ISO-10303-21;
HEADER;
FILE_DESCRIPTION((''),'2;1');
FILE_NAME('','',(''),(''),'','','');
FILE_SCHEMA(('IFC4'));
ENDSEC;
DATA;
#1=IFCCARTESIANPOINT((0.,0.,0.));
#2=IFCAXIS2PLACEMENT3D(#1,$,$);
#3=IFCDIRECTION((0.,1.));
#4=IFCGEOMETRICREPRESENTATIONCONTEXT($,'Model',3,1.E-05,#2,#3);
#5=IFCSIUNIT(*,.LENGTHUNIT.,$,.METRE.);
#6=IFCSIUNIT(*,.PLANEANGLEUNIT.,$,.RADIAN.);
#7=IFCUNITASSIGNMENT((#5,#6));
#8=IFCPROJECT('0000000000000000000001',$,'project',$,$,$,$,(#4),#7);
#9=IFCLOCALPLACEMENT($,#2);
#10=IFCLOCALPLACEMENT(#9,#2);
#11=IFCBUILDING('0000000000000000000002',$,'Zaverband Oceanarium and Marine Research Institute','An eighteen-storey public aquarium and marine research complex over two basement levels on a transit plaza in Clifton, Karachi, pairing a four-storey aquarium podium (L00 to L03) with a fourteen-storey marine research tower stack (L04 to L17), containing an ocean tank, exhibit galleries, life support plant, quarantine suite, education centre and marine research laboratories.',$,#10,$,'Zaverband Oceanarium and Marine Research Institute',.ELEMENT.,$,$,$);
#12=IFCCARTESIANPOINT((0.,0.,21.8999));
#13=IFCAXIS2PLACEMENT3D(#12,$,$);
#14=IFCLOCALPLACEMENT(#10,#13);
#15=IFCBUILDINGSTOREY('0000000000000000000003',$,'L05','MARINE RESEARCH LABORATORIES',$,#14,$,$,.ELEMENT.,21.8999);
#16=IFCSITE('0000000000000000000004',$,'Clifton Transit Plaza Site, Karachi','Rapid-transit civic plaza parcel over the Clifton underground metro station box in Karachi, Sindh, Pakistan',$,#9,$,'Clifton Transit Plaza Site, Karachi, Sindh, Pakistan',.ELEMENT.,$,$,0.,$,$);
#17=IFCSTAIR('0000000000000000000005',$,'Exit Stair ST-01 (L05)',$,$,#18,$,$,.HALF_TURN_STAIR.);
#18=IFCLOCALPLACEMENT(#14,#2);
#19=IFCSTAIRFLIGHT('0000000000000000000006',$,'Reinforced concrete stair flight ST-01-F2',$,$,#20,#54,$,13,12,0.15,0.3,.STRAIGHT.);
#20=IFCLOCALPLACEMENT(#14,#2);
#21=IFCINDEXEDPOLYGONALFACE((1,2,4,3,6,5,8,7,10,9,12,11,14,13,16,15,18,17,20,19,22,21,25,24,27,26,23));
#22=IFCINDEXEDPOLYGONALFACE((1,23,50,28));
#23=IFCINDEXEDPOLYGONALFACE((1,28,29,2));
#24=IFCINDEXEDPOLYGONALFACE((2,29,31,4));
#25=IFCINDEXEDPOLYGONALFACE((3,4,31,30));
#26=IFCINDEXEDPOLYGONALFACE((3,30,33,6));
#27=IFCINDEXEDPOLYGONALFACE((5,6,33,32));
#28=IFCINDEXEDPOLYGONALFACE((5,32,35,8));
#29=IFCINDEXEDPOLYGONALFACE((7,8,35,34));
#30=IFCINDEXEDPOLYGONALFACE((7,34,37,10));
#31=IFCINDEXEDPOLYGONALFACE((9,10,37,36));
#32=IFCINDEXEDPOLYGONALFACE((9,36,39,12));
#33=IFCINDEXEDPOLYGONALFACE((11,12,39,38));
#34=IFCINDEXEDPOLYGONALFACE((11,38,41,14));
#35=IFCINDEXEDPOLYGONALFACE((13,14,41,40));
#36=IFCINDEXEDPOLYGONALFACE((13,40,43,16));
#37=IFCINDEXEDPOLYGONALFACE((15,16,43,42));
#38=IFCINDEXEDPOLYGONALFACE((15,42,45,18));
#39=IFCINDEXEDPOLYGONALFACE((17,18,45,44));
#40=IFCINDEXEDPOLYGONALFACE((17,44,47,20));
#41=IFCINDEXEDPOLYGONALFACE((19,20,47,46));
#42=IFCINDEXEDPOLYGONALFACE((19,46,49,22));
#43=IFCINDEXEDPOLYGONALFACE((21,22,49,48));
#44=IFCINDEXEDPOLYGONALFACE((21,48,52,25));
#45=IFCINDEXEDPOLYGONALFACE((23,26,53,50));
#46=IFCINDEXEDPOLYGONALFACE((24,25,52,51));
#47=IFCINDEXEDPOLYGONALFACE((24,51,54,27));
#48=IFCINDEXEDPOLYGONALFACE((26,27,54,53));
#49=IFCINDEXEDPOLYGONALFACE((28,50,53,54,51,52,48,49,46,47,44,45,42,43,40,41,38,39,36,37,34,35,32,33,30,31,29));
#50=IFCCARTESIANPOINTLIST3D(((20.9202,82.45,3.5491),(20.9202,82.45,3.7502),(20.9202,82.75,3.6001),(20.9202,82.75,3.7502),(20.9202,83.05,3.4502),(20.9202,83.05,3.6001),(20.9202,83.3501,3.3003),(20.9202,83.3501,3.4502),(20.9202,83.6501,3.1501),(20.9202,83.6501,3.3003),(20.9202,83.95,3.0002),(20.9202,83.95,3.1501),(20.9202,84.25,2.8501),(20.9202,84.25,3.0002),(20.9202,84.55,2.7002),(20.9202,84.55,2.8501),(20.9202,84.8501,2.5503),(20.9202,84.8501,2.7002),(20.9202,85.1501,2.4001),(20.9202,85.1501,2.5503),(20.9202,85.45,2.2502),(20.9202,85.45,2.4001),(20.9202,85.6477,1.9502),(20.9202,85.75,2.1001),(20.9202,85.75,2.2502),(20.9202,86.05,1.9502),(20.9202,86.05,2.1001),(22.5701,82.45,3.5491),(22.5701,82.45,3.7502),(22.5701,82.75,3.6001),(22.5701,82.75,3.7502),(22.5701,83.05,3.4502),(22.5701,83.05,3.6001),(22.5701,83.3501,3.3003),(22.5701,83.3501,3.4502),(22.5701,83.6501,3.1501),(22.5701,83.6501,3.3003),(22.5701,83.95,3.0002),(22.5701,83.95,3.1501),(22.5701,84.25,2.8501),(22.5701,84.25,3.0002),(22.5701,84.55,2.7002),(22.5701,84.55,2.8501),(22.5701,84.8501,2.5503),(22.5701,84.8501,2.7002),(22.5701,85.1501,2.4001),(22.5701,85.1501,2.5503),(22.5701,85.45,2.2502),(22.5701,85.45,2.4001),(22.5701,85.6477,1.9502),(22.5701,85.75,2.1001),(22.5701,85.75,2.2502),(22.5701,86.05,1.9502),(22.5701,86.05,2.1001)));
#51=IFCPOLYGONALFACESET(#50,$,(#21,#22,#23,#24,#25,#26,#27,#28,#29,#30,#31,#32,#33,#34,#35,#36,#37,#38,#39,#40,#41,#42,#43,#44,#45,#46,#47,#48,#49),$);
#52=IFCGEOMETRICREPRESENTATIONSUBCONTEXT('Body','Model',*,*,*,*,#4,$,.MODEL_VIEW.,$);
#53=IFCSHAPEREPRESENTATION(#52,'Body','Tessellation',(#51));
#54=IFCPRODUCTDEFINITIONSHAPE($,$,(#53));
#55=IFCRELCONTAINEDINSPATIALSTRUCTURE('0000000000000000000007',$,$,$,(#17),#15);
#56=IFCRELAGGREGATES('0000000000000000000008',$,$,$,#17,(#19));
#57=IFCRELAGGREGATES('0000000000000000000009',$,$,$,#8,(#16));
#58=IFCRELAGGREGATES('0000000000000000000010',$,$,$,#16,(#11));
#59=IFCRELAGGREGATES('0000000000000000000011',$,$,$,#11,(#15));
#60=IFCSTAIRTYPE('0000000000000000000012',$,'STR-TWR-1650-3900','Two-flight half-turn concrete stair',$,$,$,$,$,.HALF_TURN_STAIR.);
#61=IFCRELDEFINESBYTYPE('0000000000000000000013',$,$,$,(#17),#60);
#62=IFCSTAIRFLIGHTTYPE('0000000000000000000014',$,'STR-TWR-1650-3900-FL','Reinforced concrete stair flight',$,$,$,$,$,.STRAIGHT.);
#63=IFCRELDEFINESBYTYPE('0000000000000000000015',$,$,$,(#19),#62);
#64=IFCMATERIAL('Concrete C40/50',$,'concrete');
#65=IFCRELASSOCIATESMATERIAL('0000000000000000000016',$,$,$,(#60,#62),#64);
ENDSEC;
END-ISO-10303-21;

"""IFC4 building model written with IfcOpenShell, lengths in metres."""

from ifc_helpers import new_model, si_unit, direction, frame, origin, place, context, subcontext, project, spatial, polyline, outline, extrude, material, type_object, element, aggregate, save


model = new_model("IFC4")

# Units and contexts
model_context = context("Model", 3, precision=1e-05, world=origin(), true_north=direction((0.0, 1.0)))
body_context = subcontext(model_context, "Body", "Model", "MODEL_VIEW")
ifc_project = project(units=[si_unit("LENGTHUNIT", "METRE"), si_unit("PLANEANGLEUNIT", "RADIAN")], contexts=[model_context])

# Site, building, storey
site_placement = place(None, origin())
site = spatial("IfcSite", under=ifc_project, at=site_placement, Name="Clifton Transit Plaza Site, Karachi", Description="Rapid-transit civic plaza parcel over the Clifton underground metro station box in Karachi, Sindh, Pakistan", LongName="Clifton Transit Plaza Site, Karachi, Sindh, Pakistan", CompositionType="ELEMENT", RefElevation=0.0)
building_placement = place(site_placement, origin())
building = spatial("IfcBuilding", under=site, at=building_placement, Name="Zaverband Oceanarium and Marine Research Institute", Description="An eighteen-storey public aquarium and marine research complex over two basement levels on a transit plaza in Clifton, Karachi, pairing a four-storey aquarium podium (L00 to L03) with a fourteen-storey marine research tower stack (L04 to L17), containing an ocean tank, exhibit galleries, life support plant, quarantine suite, education centre and marine research laboratories.", LongName="Zaverband Oceanarium and Marine Research Institute", CompositionType="ELEMENT")
storey_placement = place(building_placement, frame((0.0, 0.0, 21.8999)))
storey = spatial("IfcBuildingStorey", under=building, at=storey_placement, Name="L05", Description="MARINE RESEARCH LABORATORIES", CompositionType="ELEMENT", Elevation=21.8999)

# Shared definitions
ifc_material_1 = material(Name="Concrete C40/50", Category="concrete")

# Stair, stair flight
stair_type = type_object("IfcStairType", Name="STR-TWR-1650-3900", Description="Two-flight half-turn concrete stair", PredefinedType="HALF_TURN_STAIR", material=ifc_material_1)
stair_placement = place(storey_placement, origin())
stair = element("IfcStair", 1, at=stair_placement, inside=storey, type_object=stair_type, Name="Exit Stair ST-01 (L05)", PredefinedType="HALF_TURN_STAIR")
stair_flight_type = type_object("IfcStairFlightType", Name="STR-TWR-1650-3900-FL", Description="Reinforced concrete stair flight", PredefinedType="STRAIGHT", material=ifc_material_1)
stair_flight_1_placement = place(storey_placement, frame((21.7451, 86.05, 1.9502), z_axis=(0.0, 0.0, 1.0), x_axis=(0.0, -1.0, 0.0)))
stair_flight_1 = element("IfcStairFlight", 2, at=stair_flight_1_placement, type_object=stair_flight_type, Name="Reinforced concrete stair flight ST-01-F2", NumberOfRisers=13, NumberOfTreads=12, PredefinedType="STRAIGHT", RiserHeight=0.15, TreadLength=0.3, context=body_context, shape_type="SweptSolid", body=[
    extrude(outline(polyline([(0.0, 0.0), (0.0, 0.1499), (0.3, 0.1499), (0.3, 0.3), (0.6001, 0.3), (0.6001, 0.45), (0.8999, 0.45), (0.8999, 0.6001), (1.2, 0.6001), (1.2, 0.75), (1.5, 0.75), (1.5, 0.8999), (1.8, 0.8999), (1.8, 1.05), (2.1001, 1.05), (2.1001, 1.2), (2.3999, 1.2), (2.3999, 1.3501), (2.7, 1.3501), (2.7, 1.5), (3.0, 1.5), (3.0, 1.6499), (3.3, 1.6499), (3.3, 1.8), (3.6001, 1.8), (3.6001, 1.95), (3.6001, 1.5989), (0.4023, 0.0), (0.0, 0.0)])), frame((0.0, 0.825, 0.0), z_axis=(0.0, -1.0, 0.0), x_axis=(1.0, 0.0, 0.0)), (0.0, 0.0, 1.0), 1.6499),
])
aggregate(stair, [stair_flight_1])

save(model, "model.ifc")
